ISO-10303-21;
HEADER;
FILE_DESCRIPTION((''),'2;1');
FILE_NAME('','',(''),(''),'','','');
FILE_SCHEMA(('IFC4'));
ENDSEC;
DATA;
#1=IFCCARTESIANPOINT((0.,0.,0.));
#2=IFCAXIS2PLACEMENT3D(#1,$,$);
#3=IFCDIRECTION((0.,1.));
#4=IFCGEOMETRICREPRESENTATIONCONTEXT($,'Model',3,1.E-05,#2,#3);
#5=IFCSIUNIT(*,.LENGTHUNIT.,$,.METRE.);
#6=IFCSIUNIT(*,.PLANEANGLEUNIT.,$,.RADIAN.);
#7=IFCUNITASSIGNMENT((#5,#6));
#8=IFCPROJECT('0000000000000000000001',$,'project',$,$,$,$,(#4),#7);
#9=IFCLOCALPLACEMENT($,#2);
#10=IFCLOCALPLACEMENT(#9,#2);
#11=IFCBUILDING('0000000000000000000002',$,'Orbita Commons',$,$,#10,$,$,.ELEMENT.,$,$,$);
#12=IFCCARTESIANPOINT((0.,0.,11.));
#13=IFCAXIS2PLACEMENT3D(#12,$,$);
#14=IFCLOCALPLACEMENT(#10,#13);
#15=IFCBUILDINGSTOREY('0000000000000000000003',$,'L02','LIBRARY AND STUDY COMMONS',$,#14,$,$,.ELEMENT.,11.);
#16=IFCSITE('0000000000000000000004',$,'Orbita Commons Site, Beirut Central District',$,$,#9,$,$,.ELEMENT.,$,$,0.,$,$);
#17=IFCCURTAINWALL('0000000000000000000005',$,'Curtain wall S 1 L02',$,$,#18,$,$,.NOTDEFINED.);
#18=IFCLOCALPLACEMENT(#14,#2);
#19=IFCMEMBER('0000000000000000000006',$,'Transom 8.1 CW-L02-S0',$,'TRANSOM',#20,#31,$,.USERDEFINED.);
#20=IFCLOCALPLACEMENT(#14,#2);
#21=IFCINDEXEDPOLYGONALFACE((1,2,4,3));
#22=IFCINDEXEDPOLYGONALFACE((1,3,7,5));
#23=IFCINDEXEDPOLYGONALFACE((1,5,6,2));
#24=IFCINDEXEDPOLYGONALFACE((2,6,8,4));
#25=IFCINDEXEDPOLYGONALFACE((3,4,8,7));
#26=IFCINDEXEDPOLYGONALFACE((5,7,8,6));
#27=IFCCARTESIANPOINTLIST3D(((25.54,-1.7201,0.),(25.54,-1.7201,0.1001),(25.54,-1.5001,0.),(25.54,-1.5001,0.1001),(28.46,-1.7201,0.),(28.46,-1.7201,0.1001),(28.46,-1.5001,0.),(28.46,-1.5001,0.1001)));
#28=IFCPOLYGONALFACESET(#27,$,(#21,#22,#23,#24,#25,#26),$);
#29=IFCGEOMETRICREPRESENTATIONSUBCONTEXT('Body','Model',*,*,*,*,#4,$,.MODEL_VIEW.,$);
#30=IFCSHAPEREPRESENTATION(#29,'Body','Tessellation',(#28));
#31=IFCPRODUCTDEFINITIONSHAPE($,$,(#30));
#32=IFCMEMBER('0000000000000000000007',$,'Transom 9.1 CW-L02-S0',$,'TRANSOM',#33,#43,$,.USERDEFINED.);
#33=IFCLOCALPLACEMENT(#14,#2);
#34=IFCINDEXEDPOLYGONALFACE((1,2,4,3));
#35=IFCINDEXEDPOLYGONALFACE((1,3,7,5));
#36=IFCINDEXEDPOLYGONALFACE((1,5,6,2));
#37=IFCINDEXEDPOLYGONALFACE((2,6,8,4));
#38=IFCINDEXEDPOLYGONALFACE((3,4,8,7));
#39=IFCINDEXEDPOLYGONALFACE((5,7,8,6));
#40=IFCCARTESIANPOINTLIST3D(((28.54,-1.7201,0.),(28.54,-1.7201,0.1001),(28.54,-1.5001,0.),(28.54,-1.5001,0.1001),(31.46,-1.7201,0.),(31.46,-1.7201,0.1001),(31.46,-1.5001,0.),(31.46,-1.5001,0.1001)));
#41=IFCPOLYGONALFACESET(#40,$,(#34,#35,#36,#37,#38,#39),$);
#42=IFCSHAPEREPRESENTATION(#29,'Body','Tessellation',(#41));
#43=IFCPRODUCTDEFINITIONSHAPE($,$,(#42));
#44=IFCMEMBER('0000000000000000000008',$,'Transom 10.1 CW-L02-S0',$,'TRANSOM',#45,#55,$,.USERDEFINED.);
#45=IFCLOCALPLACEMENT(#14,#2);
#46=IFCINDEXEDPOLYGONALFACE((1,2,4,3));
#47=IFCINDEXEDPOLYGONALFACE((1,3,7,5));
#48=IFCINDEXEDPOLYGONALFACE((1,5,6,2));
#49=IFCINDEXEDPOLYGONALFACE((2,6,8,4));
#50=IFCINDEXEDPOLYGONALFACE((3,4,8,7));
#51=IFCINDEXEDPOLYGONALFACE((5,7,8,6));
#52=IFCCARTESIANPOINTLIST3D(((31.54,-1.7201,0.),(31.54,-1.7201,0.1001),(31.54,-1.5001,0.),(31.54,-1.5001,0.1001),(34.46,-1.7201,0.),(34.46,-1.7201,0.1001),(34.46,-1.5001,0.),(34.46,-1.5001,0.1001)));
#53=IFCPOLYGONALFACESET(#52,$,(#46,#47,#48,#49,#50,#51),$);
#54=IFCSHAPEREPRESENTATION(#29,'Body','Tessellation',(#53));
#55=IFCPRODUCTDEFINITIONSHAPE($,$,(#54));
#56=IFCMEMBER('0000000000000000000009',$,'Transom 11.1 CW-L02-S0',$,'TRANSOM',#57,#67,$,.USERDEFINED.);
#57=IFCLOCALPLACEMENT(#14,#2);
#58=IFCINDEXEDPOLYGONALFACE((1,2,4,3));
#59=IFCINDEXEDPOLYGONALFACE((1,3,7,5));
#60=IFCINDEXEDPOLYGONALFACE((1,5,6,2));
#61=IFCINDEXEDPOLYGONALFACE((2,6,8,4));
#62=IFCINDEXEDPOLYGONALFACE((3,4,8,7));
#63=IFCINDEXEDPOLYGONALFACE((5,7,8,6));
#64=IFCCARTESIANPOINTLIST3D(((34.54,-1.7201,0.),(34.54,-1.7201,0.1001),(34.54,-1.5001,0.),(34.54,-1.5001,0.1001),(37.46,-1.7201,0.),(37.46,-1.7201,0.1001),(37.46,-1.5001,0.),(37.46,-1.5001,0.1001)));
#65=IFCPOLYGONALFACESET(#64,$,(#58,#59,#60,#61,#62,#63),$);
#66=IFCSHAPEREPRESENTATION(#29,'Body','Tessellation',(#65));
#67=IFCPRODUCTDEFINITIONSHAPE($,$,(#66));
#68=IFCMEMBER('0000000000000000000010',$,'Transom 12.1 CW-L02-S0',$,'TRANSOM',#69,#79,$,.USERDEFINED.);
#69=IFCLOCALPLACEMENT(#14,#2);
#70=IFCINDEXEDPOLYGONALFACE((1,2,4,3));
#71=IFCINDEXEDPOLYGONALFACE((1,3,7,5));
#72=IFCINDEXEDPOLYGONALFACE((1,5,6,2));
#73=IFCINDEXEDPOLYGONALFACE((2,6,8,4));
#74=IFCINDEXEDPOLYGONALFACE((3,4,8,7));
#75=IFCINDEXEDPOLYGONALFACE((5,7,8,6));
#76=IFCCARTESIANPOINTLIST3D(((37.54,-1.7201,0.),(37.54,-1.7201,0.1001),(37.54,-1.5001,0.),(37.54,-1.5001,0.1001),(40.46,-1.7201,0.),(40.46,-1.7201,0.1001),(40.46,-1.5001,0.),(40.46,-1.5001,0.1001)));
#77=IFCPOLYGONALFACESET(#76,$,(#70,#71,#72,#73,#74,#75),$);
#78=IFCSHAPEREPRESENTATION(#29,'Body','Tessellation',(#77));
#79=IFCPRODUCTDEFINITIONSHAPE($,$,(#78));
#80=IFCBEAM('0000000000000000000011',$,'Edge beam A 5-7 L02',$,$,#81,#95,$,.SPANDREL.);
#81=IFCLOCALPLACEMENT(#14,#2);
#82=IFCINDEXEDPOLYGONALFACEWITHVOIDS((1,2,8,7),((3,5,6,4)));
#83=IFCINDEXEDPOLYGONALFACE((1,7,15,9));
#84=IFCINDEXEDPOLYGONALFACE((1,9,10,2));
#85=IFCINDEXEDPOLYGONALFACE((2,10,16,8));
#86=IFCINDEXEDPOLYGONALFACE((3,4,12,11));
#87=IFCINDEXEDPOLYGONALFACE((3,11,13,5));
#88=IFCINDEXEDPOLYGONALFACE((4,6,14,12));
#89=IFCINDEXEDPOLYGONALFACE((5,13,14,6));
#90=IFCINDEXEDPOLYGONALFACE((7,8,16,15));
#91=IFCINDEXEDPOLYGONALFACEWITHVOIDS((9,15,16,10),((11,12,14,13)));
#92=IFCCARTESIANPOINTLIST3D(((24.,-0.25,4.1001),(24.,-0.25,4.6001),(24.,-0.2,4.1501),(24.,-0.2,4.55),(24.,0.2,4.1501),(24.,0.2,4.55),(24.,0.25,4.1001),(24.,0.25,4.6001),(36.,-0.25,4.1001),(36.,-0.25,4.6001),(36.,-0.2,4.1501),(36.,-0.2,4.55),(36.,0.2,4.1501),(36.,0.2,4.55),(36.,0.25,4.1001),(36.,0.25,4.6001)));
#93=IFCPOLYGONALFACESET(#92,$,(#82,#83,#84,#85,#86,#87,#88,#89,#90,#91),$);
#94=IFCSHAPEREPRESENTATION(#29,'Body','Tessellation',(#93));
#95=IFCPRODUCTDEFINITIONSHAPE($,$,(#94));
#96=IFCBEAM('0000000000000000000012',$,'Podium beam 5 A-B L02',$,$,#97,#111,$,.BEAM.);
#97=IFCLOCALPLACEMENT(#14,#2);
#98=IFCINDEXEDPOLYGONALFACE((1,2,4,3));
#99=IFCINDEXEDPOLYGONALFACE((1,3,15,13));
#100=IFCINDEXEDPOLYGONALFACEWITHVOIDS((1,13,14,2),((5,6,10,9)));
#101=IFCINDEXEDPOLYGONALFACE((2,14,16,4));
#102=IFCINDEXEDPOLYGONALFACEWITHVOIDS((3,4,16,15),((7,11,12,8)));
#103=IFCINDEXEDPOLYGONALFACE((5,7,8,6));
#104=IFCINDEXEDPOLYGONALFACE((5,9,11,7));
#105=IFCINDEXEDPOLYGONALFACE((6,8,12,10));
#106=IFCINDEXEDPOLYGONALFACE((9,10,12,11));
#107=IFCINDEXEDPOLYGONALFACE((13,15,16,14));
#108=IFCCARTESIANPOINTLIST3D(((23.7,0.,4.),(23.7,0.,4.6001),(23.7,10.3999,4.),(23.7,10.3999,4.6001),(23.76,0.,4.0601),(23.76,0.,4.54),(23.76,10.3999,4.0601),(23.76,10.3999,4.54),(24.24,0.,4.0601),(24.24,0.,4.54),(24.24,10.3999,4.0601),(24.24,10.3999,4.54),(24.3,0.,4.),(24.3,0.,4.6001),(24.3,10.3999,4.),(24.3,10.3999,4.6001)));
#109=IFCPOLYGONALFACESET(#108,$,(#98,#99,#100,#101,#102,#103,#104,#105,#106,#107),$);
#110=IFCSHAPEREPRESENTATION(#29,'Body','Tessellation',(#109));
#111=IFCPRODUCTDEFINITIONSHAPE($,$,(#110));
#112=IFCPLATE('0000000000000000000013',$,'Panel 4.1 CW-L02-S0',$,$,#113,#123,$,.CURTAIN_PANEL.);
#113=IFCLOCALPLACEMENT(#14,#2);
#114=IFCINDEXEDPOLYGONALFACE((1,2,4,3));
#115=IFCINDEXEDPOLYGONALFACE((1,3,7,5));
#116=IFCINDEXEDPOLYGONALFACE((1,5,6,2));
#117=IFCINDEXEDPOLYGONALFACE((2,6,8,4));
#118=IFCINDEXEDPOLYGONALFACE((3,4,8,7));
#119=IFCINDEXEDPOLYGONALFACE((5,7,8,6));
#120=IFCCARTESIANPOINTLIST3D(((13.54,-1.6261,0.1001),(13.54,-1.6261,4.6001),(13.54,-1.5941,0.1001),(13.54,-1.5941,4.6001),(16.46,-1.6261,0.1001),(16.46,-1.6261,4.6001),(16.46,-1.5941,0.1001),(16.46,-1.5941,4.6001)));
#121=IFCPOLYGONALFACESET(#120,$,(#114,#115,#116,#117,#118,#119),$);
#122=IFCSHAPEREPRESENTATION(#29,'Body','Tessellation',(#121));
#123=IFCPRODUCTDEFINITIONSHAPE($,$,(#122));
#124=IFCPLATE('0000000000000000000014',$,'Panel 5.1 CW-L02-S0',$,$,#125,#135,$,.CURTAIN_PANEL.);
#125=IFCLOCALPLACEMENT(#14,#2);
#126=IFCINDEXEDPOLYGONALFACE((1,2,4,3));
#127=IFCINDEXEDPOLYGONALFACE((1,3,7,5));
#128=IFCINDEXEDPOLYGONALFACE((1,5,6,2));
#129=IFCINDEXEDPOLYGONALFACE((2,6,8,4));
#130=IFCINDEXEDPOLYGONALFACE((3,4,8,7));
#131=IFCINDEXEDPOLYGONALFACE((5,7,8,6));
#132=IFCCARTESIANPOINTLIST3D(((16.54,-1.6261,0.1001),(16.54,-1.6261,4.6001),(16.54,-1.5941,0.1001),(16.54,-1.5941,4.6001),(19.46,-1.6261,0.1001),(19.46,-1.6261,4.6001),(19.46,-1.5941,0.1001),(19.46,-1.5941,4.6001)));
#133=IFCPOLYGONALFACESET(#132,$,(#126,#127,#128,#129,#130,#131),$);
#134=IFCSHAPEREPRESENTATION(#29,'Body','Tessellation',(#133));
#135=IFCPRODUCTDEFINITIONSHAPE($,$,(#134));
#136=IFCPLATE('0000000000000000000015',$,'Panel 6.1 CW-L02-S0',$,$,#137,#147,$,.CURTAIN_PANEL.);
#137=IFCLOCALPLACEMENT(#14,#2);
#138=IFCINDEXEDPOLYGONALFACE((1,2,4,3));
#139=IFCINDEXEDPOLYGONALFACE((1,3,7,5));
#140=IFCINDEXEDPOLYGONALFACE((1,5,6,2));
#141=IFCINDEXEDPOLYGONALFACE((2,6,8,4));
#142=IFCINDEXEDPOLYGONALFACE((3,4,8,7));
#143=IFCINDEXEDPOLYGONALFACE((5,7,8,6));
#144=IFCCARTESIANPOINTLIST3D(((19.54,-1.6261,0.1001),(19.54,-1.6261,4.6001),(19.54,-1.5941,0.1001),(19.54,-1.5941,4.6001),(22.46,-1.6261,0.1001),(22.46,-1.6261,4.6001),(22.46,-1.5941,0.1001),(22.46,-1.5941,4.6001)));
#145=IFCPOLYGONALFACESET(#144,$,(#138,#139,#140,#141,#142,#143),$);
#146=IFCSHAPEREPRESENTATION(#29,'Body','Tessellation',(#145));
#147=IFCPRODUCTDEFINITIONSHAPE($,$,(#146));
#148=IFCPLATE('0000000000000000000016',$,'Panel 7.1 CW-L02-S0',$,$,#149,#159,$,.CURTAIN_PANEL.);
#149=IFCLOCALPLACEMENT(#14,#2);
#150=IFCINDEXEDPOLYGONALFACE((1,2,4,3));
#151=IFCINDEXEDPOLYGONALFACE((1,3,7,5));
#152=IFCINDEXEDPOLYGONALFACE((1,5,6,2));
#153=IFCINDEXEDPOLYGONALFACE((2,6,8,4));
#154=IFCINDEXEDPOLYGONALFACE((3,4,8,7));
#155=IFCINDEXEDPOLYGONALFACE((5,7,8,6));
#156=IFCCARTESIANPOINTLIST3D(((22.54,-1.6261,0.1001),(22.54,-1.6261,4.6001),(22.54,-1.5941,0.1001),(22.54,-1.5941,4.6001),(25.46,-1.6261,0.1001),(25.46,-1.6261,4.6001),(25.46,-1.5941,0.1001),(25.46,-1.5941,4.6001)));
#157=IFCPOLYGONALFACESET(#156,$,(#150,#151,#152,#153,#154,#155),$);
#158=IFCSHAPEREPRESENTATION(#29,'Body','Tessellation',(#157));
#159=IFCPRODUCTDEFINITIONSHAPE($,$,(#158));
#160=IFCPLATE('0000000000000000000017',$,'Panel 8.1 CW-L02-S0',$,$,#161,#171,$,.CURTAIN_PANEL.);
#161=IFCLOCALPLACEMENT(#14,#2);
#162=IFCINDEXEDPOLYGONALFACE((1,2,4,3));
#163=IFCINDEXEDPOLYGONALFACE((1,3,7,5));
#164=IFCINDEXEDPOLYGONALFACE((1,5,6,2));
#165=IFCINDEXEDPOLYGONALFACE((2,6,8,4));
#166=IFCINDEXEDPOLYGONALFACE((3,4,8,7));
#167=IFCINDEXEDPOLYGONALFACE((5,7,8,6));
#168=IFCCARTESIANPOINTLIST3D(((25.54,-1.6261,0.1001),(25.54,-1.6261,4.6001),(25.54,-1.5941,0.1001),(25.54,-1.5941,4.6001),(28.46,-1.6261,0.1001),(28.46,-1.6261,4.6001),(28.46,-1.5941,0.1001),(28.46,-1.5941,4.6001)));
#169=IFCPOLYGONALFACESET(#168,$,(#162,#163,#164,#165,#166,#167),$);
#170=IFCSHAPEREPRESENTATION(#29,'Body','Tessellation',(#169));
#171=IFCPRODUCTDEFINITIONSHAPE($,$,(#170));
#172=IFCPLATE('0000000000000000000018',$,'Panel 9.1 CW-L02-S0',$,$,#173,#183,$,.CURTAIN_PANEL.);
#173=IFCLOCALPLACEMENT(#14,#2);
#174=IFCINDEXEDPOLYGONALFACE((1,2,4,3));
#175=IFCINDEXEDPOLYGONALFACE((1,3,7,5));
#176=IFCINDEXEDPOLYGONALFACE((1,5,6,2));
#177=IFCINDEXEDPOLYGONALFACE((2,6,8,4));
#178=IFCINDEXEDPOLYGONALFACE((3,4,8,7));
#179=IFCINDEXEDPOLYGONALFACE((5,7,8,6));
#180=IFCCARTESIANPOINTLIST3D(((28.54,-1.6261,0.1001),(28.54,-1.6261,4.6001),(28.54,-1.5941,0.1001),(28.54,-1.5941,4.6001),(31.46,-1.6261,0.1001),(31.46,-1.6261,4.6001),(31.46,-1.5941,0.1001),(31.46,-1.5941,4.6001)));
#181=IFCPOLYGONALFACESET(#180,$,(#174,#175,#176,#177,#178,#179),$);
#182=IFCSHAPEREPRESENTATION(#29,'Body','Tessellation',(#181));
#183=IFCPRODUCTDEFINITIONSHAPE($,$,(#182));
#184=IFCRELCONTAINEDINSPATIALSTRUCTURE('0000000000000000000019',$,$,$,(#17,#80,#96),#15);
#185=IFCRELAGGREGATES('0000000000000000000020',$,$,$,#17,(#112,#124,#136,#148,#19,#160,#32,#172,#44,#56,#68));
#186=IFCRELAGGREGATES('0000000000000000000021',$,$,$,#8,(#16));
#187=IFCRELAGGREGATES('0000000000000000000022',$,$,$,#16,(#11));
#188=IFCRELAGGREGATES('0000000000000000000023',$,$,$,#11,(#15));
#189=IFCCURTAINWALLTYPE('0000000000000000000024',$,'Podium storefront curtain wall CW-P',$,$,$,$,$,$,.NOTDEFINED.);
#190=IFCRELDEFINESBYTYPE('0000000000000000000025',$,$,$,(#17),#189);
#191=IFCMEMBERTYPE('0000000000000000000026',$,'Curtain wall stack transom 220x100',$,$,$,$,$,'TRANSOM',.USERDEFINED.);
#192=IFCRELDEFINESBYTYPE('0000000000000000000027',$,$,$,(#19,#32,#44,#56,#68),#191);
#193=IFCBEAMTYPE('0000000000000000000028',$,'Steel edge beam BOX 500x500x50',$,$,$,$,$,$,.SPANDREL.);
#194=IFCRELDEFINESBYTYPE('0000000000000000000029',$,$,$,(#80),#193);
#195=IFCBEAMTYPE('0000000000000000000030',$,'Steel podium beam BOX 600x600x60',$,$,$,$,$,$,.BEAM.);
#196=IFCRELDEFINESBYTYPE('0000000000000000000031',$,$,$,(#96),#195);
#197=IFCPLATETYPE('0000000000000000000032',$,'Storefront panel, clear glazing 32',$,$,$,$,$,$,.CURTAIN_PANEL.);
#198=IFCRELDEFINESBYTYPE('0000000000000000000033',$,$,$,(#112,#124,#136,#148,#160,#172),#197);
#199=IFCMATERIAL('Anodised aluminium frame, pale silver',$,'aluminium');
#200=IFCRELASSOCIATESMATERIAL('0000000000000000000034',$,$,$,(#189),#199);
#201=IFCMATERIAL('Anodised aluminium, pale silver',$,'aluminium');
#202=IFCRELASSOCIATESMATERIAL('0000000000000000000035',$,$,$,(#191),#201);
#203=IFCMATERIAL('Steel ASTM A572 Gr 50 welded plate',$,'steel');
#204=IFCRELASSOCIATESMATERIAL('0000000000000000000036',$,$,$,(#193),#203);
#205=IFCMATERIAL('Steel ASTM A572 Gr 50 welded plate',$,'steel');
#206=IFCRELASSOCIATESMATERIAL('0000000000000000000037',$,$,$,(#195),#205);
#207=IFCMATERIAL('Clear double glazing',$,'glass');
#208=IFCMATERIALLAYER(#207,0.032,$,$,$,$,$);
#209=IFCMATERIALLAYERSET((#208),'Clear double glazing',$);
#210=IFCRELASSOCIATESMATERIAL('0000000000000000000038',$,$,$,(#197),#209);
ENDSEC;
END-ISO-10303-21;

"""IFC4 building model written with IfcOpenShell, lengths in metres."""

from ifc_helpers import new_model, si_unit, direction, frame, origin, origin_2d, place, context, subcontext, project, spatial, rectangle, hollow_rectangle, extrude, material, layer, layer_set, material_profile, profile_set, type_object, element, aggregate, save


model = new_model("IFC4")

# Units and contexts
model_context = context("Model", 3, precision=1e-05, world=origin(), true_north=direction((0.0, 1.0)))
body_context = subcontext(model_context, "Body", "Model", "MODEL_VIEW")
ifc_project = project(units=[si_unit("LENGTHUNIT", "METRE"), si_unit("PLANEANGLEUNIT", "RADIAN")], contexts=[model_context])

# Site, building, storey
site_placement = place(None, origin())
site = spatial("IfcSite", under=ifc_project, at=site_placement, Name="Orbita Commons Site, Beirut Central District", CompositionType="ELEMENT", RefElevation=0.0)
building_placement = place(site_placement, origin())
building = spatial("IfcBuilding", under=site, at=building_placement, Name="Orbita Commons", CompositionType="ELEMENT")
storey_placement = place(building_placement, frame((0.0, 0.0, 11.0)))
storey = spatial("IfcBuildingStorey", under=building, at=storey_placement, Name="L02", Description="LIBRARY AND STUDY COMMONS", CompositionType="ELEMENT", Elevation=11.0)

# Curtain wall, members
ifc_material_1 = material(Name="Anodised aluminium frame, pale silver", Category="aluminium")
curtain_wall_type = type_object("IfcCurtainWallType", Name="Podium storefront curtain wall CW-P", PredefinedType="NOTDEFINED", material=ifc_material_1)
curtain_wall_placement = place(storey_placement, origin())
curtain_wall = element("IfcCurtainWall", 1, at=curtain_wall_placement, inside=storey, type_object=curtain_wall_type, Name="Curtain wall S 1 L02", PredefinedType="NOTDEFINED")
ifc_material_2 = material(Name="Anodised aluminium, pale silver", Category="aluminium")
ifc_material_profile_1 = material_profile(ifc_material_2, rectangle(XDim=0.22, YDim=0.1001, at=origin_2d()), Name="AL 220x100")
ifc_profile_set_1 = profile_set([ifc_material_profile_1], Name="Anodised aluminium, pale silver")
member_type_1 = type_object("IfcMemberType", Name="Curtain wall stack transom 220x100", ElementType="TRANSOM", PredefinedType="USERDEFINED", material=ifc_profile_set_1)
member_1_placement = place(storey_placement, frame((25.54, -1.6101, 0.05), z_axis=(1.0, 0.0, 0.0), x_axis=(0.0, 1.0, 0.0)))
member_1 = element("IfcMember", 2, at=member_1_placement, type_object=member_type_1, Name="Transom 8.1 CW-L02-S0", ObjectType="TRANSOM", PredefinedType="USERDEFINED", context=body_context, shape_type="SweptSolid", body=[
    extrude(rectangle(XDim=0.22, YDim=0.1001, at=origin_2d()), origin(), (0.0, 0.0, 1.0), 2.9199),
])
member_2_placement = place(storey_placement, frame((28.54, -1.6101, 0.05), z_axis=(1.0, 0.0, 0.0), x_axis=(0.0, 1.0, 0.0)))
member_2 = element("IfcMember", 3, at=member_2_placement, type_object=member_type_1, Name="Transom 9.1 CW-L02-S0", ObjectType="TRANSOM", PredefinedType="USERDEFINED", context=body_context, shape_type="SweptSolid", body=[
    extrude(rectangle(XDim=0.22, YDim=0.1001, at=origin_2d()), origin(), (0.0, 0.0, 1.0), 2.9199),
])
member_3_placement = place(storey_placement, frame((31.54, -1.6101, 0.05), z_axis=(1.0, 0.0, 0.0), x_axis=(0.0, 1.0, 0.0)))
member_3 = element("IfcMember", 4, at=member_3_placement, type_object=member_type_1, Name="Transom 10.1 CW-L02-S0", ObjectType="TRANSOM", PredefinedType="USERDEFINED", context=body_context, shape_type="SweptSolid", body=[
    extrude(rectangle(XDim=0.22, YDim=0.1001, at=origin_2d()), origin(), (0.0, 0.0, 1.0), 2.9199),
])
member_4_placement = place(storey_placement, frame((34.54, -1.6101, 0.05), z_axis=(1.0, 0.0, 0.0), x_axis=(0.0, 1.0, 0.0)))
member_4 = element("IfcMember", 5, at=member_4_placement, type_object=member_type_1, Name="Transom 11.1 CW-L02-S0", ObjectType="TRANSOM", PredefinedType="USERDEFINED", context=body_context, shape_type="SweptSolid", body=[
    extrude(rectangle(XDim=0.22, YDim=0.1001, at=origin_2d()), origin(), (0.0, 0.0, 1.0), 2.9199),
])
member_5_placement = place(storey_placement, frame((37.54, -1.6101, 0.05), z_axis=(1.0, 0.0, 0.0), x_axis=(0.0, 1.0, 0.0)))
member_5 = element("IfcMember", 6, at=member_5_placement, type_object=member_type_1, Name="Transom 12.1 CW-L02-S0", ObjectType="TRANSOM", PredefinedType="USERDEFINED", context=body_context, shape_type="SweptSolid", body=[
    extrude(rectangle(XDim=0.22, YDim=0.1001, at=origin_2d()), origin(), (0.0, 0.0, 1.0), 2.9199),
])

# Beams
ifc_material_3 = material(Name="Steel ASTM A572 Gr 50 welded plate", Category="steel")
ifc_material_profile_2 = material_profile(ifc_material_3, hollow_rectangle(XDim=0.5, YDim=0.5, WallThickness=0.05, at=origin_2d()), Name="BOX 500x500x50")
ifc_profile_set_2 = profile_set([ifc_material_profile_2], Name="Steel ASTM A572 Gr 50 welded plate")
beam_type_1 = type_object("IfcBeamType", Name="Steel edge beam BOX 500x500x50", PredefinedType="SPANDREL", material=ifc_profile_set_2)
beam_1_placement = place(storey_placement, frame((24.0, 0.0, 4.3501), z_axis=(1.0, 0.0, 0.0), x_axis=(0.0, 1.0, 0.0)))
element("IfcBeam", 7, at=beam_1_placement, inside=storey, type_object=beam_type_1, Name="Edge beam A 5-7 L02", PredefinedType="SPANDREL", context=body_context, shape_type="SweptSolid", body=[
    extrude(hollow_rectangle(XDim=0.5, YDim=0.5, WallThickness=0.05, at=origin_2d()), origin(), (0.0, 0.0, 1.0), 12.0),
])
ifc_material_4 = material(Name="Steel ASTM A572 Gr 50 welded plate", Category="steel")
ifc_material_profile_3 = material_profile(ifc_material_4, hollow_rectangle(XDim=0.6001, YDim=0.6001, WallThickness=0.0601, at=origin_2d()), Name="BOX 600x600x60")
ifc_profile_set_3 = profile_set([ifc_material_profile_3], Name="Steel ASTM A572 Gr 50 welded plate")
beam_type_2 = type_object("IfcBeamType", Name="Steel podium beam BOX 600x600x60", PredefinedType="BEAM", material=ifc_profile_set_3)
beam_2_placement = place(storey_placement, frame((24.0, 0.0, 4.3), z_axis=(0.0, 1.0, 0.0), x_axis=(-1.0, 0.0, 0.0)))
element("IfcBeam", 8, at=beam_2_placement, inside=storey, type_object=beam_type_2, Name="Podium beam 5 A-B L02", PredefinedType="BEAM", context=body_context, shape_type="SweptSolid", body=[
    extrude(hollow_rectangle(XDim=0.6001, YDim=0.6001, WallThickness=0.0601, at=origin_2d()), origin(), (0.0, 0.0, 1.0), 10.3999),
])

# Plates
ifc_material_5 = material(Name="Clear double glazing", Category="glass")
ifc_layer = layer(ifc_material_5, 0.032)
ifc_layer_set = layer_set([ifc_layer], Name="Clear double glazing")
plate_type = type_object("IfcPlateType", Name="Storefront panel, clear glazing 32", PredefinedType="CURTAIN_PANEL", material=ifc_layer_set)
plate_1_placement = place(storey_placement, frame((15.0, -1.6101, 0.1001), z_axis=(0.0, 0.0, 1.0), x_axis=(1.0, 0.0, 0.0)))
plate_1 = element("IfcPlate", 9, at=plate_1_placement, type_object=plate_type, Name="Panel 4.1 CW-L02-S0", PredefinedType="CURTAIN_PANEL", context=body_context, shape_type="SweptSolid", body=[
    extrude(rectangle(XDim=2.9199, YDim=0.032, at=origin_2d()), origin(), (0.0, 0.0, 1.0), 4.5),
])
plate_2_placement = place(storey_placement, frame((18.0, -1.6101, 0.1001), z_axis=(0.0, 0.0, 1.0), x_axis=(1.0, 0.0, 0.0)))
plate_2 = element("IfcPlate", 10, at=plate_2_placement, type_object=plate_type, Name="Panel 5.1 CW-L02-S0", PredefinedType="CURTAIN_PANEL", context=body_context, shape_type="SweptSolid", body=[
    extrude(rectangle(XDim=2.9199, YDim=0.032, at=origin_2d()), origin(), (0.0, 0.0, 1.0), 4.5),
])
plate_3_placement = place(storey_placement, frame((21.0, -1.6101, 0.1001), z_axis=(0.0, 0.0, 1.0), x_axis=(1.0, 0.0, 0.0)))
plate_3 = element("IfcPlate", 11, at=plate_3_placement, type_object=plate_type, Name="Panel 6.1 CW-L02-S0", PredefinedType="CURTAIN_PANEL", context=body_context, shape_type="SweptSolid", body=[
    extrude(rectangle(XDim=2.9199, YDim=0.032, at=origin_2d()), origin(), (0.0, 0.0, 1.0), 4.5),
])
plate_4_placement = place(storey_placement, frame((24.0, -1.6101, 0.1001), z_axis=(0.0, 0.0, 1.0), x_axis=(1.0, 0.0, 0.0)))
plate_4 = element("IfcPlate", 12, at=plate_4_placement, type_object=plate_type, Name="Panel 7.1 CW-L02-S0", PredefinedType="CURTAIN_PANEL", context=body_context, shape_type="SweptSolid", body=[
    extrude(rectangle(XDim=2.9199, YDim=0.032, at=origin_2d()), origin(), (0.0, 0.0, 1.0), 4.5),
])
plate_5_placement = place(storey_placement, frame((27.0, -1.6101, 0.1001), z_axis=(0.0, 0.0, 1.0), x_axis=(1.0, 0.0, 0.0)))
plate_5 = element("IfcPlate", 13, at=plate_5_placement, type_object=plate_type, Name="Panel 8.1 CW-L02-S0", PredefinedType="CURTAIN_PANEL", context=body_context, shape_type="SweptSolid", body=[
    extrude(rectangle(XDim=2.9199, YDim=0.032, at=origin_2d()), origin(), (0.0, 0.0, 1.0), 4.5),
])
plate_6_placement = place(storey_placement, frame((30.0, -1.6101, 0.1001), z_axis=(0.0, 0.0, 1.0), x_axis=(1.0, 0.0, 0.0)))
plate_6 = element("IfcPlate", 14, at=plate_6_placement, type_object=plate_type, Name="Panel 9.1 CW-L02-S0", PredefinedType="CURTAIN_PANEL", context=body_context, shape_type="SweptSolid", body=[
    extrude(rectangle(XDim=2.9199, YDim=0.032, at=origin_2d()), origin(), (0.0, 0.0, 1.0), 4.5),
])
aggregate(curtain_wall, [plate_1, plate_2, plate_3, plate_4, member_1, plate_5, member_2, plate_6, member_3, member_4, member_5])

save(model, "model.ifc")
